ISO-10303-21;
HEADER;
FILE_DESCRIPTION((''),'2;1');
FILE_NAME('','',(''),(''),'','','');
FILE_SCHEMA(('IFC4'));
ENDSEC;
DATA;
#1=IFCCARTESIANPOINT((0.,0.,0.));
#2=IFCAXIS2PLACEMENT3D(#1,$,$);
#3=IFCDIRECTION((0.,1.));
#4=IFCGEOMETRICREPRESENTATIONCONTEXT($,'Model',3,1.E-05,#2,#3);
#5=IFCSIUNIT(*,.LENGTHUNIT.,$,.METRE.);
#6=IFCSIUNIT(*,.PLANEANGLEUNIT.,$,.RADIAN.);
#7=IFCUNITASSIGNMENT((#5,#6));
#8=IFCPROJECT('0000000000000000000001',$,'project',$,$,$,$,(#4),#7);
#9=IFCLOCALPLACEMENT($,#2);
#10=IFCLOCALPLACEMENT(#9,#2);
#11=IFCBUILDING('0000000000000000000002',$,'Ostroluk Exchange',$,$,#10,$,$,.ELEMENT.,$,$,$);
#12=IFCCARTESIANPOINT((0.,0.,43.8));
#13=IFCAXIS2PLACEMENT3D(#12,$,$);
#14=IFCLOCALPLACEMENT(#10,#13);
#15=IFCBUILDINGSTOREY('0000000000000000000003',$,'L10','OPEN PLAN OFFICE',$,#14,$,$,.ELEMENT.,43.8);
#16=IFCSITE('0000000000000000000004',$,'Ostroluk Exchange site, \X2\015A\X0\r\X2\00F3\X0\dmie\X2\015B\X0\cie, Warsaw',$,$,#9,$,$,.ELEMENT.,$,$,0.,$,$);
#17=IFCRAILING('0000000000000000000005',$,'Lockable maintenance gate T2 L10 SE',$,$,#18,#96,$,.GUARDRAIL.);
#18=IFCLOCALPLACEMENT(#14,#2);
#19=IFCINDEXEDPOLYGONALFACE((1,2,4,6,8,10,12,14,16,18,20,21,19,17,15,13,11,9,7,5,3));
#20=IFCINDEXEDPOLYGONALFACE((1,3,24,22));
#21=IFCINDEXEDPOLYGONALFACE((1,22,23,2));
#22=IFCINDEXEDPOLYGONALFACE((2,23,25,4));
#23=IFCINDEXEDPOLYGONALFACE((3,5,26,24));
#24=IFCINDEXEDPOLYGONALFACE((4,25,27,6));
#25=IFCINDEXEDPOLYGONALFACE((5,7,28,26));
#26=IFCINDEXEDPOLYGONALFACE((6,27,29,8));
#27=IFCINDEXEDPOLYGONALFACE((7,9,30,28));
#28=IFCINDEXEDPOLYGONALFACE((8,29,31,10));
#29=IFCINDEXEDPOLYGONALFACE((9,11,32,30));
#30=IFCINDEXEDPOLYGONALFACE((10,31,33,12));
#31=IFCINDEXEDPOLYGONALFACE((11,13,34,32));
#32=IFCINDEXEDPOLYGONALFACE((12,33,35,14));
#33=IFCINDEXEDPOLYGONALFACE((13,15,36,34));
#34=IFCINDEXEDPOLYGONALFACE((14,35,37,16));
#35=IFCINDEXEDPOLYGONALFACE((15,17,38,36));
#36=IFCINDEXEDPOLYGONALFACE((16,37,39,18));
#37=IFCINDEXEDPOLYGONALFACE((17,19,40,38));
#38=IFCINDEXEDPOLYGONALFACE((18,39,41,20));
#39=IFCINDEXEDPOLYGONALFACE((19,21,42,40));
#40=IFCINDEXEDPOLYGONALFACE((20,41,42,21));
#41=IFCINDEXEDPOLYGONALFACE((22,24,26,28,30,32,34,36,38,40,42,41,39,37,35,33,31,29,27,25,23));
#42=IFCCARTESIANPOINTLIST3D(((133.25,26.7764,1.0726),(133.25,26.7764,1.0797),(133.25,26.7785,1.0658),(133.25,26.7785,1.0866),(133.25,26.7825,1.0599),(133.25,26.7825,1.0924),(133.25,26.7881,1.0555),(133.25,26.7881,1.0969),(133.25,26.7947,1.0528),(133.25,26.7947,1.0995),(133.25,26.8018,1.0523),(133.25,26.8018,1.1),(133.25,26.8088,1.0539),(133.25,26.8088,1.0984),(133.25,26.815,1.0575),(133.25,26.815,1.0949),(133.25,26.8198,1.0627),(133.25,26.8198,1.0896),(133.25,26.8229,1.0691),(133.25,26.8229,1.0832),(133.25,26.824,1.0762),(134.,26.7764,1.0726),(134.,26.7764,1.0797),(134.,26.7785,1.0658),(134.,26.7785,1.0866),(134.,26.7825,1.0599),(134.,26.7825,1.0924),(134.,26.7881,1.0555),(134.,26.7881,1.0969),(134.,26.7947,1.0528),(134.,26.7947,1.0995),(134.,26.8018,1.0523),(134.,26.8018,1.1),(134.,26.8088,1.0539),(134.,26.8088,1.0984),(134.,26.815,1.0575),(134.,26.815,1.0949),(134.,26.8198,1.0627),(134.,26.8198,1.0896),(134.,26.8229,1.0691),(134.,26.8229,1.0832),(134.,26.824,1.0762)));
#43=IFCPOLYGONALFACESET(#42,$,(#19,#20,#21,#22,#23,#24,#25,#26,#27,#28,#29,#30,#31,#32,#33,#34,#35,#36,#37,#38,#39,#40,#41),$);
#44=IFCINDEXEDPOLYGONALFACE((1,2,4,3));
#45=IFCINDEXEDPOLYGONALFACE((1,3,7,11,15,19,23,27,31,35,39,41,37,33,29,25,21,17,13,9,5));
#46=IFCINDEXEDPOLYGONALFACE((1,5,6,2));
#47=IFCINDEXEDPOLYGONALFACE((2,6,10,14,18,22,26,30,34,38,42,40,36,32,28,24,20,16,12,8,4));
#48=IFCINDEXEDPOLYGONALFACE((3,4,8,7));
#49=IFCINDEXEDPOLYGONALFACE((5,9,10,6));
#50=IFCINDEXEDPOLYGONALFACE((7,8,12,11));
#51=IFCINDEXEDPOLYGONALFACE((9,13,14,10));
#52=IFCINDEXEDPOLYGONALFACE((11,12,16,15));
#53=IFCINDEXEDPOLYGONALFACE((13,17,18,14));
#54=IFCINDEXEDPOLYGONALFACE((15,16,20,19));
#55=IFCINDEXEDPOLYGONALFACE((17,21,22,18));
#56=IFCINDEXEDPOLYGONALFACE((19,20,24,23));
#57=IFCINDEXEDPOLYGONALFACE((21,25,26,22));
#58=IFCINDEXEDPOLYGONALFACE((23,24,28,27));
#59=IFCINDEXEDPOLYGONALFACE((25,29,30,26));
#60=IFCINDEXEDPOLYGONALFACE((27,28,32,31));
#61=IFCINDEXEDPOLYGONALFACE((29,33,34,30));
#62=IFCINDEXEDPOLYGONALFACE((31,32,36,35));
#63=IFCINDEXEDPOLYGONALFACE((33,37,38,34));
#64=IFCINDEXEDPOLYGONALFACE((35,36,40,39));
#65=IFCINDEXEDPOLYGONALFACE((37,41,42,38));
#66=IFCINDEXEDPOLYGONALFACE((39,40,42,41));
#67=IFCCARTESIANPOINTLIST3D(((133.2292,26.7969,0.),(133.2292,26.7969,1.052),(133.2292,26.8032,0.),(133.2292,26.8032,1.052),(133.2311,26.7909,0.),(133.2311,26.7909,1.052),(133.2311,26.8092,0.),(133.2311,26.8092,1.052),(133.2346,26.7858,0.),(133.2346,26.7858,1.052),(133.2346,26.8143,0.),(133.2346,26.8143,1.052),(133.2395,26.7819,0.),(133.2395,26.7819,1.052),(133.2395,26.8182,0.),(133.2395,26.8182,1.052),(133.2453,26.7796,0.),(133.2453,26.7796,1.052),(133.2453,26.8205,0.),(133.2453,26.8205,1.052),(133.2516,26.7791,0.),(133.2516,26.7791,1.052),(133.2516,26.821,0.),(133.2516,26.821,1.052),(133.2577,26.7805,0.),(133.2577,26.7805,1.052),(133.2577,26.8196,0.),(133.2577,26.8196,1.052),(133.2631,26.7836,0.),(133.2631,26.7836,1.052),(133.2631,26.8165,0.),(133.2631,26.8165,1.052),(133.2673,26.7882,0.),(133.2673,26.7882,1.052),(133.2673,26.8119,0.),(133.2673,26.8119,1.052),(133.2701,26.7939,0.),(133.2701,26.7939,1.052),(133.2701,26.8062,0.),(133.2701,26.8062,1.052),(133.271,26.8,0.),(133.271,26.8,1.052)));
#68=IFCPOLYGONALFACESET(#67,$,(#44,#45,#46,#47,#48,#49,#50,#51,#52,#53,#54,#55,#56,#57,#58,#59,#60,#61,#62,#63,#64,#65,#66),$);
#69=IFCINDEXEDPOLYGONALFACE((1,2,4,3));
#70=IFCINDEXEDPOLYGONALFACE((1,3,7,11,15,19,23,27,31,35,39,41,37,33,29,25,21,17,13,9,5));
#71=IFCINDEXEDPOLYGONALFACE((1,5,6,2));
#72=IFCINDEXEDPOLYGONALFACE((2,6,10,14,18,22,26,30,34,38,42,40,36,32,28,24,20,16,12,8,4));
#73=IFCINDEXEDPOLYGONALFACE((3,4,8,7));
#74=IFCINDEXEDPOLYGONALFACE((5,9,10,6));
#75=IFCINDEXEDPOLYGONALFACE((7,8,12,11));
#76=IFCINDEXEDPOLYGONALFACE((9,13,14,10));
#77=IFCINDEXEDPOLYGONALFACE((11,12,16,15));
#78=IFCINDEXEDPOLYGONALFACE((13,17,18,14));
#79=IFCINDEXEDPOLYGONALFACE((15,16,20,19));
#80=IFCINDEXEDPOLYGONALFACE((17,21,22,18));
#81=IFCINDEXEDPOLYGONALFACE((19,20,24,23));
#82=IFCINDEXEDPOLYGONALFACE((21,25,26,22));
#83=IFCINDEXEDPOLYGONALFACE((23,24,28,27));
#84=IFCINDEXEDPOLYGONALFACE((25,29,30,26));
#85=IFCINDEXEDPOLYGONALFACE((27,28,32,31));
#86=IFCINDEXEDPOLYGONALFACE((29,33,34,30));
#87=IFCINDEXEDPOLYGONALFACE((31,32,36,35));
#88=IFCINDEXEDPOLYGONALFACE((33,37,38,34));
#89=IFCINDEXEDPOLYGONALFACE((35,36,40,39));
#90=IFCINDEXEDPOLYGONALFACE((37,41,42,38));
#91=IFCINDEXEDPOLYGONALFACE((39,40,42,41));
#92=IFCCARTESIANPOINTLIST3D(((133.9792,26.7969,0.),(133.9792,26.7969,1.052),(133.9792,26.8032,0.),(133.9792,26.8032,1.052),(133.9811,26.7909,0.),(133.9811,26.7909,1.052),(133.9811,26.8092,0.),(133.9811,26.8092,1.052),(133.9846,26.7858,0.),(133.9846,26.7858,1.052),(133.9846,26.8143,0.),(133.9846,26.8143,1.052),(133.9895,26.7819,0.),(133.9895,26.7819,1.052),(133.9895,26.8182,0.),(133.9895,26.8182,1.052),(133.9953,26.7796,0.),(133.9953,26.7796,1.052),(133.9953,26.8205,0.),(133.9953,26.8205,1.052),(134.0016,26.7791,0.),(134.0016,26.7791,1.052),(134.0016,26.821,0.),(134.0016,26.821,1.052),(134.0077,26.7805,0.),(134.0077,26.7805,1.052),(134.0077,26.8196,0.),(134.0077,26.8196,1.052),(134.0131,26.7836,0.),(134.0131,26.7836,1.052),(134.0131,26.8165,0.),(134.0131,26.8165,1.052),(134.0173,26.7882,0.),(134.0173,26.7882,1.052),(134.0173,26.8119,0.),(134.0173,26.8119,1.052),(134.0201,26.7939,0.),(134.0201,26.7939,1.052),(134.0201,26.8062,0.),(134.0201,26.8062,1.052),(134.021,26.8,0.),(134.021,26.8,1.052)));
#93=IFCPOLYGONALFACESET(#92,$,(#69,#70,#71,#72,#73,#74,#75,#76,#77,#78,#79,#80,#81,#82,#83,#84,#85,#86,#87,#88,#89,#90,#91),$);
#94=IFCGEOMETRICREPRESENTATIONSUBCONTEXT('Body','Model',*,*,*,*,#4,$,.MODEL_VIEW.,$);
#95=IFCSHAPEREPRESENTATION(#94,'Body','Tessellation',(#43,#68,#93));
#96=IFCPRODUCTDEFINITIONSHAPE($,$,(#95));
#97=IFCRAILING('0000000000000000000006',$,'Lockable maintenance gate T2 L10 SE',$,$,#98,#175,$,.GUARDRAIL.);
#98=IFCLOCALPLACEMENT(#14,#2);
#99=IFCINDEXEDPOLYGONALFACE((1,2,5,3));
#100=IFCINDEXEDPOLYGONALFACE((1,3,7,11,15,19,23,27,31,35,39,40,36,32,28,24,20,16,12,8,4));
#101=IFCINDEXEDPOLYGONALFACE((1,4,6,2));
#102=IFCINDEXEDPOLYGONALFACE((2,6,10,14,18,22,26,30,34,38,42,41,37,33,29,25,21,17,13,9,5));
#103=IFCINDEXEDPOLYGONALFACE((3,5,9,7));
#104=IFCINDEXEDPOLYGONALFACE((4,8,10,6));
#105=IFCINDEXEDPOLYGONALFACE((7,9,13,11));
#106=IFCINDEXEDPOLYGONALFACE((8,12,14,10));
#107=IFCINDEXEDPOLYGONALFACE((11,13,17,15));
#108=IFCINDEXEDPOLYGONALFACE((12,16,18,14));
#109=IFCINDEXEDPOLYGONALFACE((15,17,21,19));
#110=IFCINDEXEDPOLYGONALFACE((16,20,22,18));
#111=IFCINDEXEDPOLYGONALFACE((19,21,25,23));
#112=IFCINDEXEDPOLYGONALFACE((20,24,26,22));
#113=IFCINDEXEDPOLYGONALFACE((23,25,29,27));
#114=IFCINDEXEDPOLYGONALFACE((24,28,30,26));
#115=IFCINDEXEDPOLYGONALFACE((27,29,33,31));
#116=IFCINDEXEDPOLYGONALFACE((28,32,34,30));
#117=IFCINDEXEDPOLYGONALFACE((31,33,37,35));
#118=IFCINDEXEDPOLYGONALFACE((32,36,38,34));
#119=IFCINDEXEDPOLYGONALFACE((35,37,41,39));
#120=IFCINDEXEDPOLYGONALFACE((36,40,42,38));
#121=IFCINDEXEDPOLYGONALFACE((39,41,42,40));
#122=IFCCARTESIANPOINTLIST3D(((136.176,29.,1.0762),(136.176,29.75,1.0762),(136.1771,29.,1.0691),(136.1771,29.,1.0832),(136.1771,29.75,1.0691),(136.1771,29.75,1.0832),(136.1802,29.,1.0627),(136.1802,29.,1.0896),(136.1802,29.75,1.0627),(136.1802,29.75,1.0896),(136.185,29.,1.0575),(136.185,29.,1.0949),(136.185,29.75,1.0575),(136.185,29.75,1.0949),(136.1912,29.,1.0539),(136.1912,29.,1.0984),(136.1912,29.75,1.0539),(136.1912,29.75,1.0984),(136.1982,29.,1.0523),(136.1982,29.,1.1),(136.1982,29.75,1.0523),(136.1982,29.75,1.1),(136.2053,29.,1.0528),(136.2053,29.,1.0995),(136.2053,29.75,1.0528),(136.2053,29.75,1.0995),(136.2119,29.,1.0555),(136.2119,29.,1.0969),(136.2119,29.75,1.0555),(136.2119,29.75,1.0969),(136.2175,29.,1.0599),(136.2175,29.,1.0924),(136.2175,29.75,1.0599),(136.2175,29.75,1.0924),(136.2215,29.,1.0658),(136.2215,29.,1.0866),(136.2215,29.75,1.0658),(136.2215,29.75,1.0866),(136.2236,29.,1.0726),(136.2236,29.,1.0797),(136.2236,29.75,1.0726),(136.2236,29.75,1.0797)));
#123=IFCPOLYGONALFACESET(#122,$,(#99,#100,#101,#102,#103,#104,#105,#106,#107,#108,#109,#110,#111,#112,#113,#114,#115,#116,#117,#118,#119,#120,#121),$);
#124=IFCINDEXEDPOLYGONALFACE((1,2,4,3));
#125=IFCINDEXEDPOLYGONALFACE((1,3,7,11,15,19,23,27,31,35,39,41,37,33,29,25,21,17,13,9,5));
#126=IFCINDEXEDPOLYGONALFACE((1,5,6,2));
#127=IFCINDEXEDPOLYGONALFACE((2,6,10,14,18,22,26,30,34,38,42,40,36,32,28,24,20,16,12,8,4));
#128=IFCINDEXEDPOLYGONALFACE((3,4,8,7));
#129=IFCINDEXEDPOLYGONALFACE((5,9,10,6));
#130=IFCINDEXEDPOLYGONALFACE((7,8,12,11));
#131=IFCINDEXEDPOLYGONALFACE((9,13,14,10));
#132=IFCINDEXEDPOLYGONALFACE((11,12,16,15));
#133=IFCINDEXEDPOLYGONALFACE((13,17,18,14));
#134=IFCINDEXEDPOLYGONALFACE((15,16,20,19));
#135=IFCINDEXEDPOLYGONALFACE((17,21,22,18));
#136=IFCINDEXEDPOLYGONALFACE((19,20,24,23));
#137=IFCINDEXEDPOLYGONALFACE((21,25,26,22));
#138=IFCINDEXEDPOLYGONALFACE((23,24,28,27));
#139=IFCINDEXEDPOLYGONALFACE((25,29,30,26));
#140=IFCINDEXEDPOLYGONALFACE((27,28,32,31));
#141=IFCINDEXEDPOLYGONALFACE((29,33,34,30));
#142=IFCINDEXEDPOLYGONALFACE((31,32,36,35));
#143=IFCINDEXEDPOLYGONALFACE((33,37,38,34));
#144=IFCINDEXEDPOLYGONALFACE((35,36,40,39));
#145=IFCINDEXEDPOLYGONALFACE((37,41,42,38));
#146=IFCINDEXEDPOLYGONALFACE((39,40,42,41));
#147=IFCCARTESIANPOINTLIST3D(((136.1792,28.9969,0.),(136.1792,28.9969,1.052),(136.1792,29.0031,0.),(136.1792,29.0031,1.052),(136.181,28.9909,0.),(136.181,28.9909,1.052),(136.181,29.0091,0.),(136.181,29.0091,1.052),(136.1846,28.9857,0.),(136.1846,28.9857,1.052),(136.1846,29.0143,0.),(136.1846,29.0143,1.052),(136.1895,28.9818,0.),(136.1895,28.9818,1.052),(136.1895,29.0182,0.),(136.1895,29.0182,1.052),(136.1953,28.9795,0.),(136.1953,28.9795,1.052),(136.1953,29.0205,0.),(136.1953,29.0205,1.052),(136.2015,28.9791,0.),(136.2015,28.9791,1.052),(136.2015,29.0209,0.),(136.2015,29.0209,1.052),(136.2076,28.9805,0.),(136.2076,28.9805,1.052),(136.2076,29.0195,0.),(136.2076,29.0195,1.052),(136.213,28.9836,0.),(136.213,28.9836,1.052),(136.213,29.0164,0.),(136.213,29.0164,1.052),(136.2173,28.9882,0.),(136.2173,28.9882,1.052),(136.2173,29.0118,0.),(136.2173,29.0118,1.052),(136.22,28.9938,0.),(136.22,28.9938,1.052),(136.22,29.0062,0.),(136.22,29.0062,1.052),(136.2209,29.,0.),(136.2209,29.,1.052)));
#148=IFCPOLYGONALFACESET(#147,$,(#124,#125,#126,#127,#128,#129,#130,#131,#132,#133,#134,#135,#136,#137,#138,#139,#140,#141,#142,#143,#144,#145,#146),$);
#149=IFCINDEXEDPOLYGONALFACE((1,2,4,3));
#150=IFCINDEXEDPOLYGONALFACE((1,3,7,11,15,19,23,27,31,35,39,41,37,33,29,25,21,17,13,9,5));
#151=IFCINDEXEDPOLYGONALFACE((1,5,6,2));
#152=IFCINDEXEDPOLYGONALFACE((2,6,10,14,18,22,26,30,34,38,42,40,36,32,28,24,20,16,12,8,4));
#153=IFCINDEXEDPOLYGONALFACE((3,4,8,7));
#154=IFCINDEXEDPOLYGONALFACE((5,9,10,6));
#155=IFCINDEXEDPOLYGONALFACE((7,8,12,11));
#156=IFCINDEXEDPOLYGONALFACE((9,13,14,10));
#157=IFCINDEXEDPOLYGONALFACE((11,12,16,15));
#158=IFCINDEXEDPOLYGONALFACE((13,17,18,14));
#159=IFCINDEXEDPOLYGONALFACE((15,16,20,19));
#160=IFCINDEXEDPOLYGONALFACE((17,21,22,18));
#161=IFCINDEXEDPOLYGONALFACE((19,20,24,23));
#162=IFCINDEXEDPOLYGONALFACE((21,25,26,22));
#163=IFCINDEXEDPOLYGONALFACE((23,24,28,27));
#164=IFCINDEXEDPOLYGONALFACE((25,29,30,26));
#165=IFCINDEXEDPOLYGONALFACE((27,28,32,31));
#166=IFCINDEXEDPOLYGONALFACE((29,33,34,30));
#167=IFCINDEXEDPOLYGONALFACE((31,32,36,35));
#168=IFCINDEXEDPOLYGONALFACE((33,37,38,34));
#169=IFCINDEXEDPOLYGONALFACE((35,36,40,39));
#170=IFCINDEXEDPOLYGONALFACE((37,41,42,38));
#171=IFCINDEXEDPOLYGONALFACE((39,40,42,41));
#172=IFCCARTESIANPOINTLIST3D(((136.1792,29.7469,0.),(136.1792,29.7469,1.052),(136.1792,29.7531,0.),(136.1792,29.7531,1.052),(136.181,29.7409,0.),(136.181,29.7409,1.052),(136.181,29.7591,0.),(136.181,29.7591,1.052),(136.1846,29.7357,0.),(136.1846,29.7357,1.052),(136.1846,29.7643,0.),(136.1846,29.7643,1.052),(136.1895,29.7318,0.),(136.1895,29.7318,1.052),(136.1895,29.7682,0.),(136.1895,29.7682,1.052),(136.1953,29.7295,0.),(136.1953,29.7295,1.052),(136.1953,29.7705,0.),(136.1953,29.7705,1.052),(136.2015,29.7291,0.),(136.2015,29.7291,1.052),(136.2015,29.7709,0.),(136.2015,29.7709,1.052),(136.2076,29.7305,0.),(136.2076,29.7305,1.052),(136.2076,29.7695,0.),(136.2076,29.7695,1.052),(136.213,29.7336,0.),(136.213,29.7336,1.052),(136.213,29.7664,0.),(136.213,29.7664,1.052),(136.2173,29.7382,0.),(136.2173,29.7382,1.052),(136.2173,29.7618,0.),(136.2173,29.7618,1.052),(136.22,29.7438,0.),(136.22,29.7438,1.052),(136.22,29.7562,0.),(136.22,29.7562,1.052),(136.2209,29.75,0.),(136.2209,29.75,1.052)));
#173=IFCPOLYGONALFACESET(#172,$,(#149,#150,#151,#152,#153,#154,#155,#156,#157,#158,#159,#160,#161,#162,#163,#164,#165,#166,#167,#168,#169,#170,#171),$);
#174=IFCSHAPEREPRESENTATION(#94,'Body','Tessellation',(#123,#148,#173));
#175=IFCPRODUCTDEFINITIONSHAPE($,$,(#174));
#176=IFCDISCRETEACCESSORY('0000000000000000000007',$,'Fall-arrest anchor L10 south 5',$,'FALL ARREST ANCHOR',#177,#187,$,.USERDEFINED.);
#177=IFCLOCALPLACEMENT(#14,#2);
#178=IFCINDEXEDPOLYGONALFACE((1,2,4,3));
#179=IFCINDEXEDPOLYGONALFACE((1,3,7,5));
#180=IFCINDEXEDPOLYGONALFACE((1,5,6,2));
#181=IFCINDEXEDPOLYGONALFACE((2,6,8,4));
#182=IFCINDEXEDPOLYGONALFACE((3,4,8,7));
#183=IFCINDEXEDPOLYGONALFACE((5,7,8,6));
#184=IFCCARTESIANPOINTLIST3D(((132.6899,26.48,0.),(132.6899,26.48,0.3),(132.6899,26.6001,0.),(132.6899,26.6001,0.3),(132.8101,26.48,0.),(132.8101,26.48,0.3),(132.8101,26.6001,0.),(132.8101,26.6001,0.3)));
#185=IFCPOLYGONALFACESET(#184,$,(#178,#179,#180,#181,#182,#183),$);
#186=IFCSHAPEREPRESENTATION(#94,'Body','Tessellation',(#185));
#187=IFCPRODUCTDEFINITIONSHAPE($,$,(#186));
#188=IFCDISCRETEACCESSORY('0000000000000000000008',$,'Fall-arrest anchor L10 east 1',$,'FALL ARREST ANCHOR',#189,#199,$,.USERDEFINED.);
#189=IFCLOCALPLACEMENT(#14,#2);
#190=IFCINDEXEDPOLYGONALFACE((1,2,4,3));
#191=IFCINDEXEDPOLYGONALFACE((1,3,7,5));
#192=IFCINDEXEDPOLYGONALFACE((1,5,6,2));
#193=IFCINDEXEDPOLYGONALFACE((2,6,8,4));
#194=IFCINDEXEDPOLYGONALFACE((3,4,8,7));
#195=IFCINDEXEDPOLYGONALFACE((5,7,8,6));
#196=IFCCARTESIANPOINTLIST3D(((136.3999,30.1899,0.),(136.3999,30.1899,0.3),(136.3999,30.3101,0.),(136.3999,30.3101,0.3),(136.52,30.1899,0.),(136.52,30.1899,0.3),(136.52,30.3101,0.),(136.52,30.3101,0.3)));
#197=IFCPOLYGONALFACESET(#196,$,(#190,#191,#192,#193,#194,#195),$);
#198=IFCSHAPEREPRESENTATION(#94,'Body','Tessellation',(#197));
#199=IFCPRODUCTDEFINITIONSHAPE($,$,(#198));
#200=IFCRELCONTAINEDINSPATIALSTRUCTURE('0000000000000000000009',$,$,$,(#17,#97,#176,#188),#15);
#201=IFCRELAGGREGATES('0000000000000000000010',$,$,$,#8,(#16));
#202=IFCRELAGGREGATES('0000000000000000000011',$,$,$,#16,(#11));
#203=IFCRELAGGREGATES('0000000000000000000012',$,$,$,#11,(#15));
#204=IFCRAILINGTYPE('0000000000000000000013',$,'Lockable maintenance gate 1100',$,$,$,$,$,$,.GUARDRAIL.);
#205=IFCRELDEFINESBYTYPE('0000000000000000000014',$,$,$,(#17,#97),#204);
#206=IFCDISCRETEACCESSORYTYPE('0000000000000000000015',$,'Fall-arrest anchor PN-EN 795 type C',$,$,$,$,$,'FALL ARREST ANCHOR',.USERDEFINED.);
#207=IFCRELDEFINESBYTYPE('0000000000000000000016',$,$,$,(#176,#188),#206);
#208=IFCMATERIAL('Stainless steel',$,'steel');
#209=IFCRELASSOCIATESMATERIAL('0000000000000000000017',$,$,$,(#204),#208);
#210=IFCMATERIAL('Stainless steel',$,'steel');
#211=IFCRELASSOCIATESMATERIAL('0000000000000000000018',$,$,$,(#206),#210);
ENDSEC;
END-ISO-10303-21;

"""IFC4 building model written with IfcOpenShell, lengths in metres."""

from ifc_helpers import new_model, si_unit, direction, frame, origin, origin_2d, place, context, subcontext, project, spatial, rectangle, circle, extrude, material, type_object, element, save


model = new_model("IFC4")

# Units and contexts
model_context = context("Model", 3, precision=1e-05, world=origin(), true_north=direction((0.0, 1.0)))
body_context = subcontext(model_context, "Body", "Model", "MODEL_VIEW")
ifc_project = project(units=[si_unit("LENGTHUNIT", "METRE"), si_unit("PLANEANGLEUNIT", "RADIAN")], contexts=[model_context])

# Site, building, storey
site_placement = place(None, origin())
site = spatial("IfcSite", under=ifc_project, at=site_placement, Name="Ostroluk Exchange site, Śródmieście, Warsaw", CompositionType="ELEMENT", RefElevation=0.0)
building_placement = place(site_placement, origin())
building = spatial("IfcBuilding", under=site, at=building_placement, Name="Ostroluk Exchange", CompositionType="ELEMENT")
storey_placement = place(building_placement, frame((0.0, 0.0, 43.8)))
storey = spatial("IfcBuildingStorey", under=building, at=storey_placement, Name="L10", Description="OPEN PLAN OFFICE", CompositionType="ELEMENT", Elevation=43.8)

# Railings
ifc_material_1 = material(Name="Stainless steel", Category="steel")
railing_type_1 = type_object("IfcRailingType", Name="Lockable maintenance gate 1100", PredefinedType="GUARDRAIL", material=ifc_material_1)
railing_1_placement = place(storey_placement, frame((133.25, 26.8, 0.0)))
element("IfcRailing", 1, at=railing_1_placement, inside=storey, type_object=railing_type_1, Name="Lockable maintenance gate T2 L10 SE", PredefinedType="GUARDRAIL", context=body_context, shape_type="SweptSolid", body=[
    extrude(circle(Radius=0.0239, at=origin_2d()), frame((0.0, 0.0, 1.0762), z_axis=(1.0, 0.0, 0.0), x_axis=(0.0, 1.0, 0.0)), (0.0, 0.0, 1.0), 0.75),
    extrude(circle(Radius=0.021, at=origin_2d()), origin(), (0.0, 0.0, 1.0), 1.052),
    extrude(circle(Radius=0.021, at=origin_2d()), frame((0.75, 0.0, 0.0)), (0.0, 0.0, 1.0), 1.052),
])
railing_2_placement = place(storey_placement, frame((136.2, 29.0, 0.0)))
element("IfcRailing", 2, at=railing_2_placement, inside=storey, type_object=railing_type_1, Name="Lockable maintenance gate T2 L10 SE", PredefinedType="GUARDRAIL", context=body_context, shape_type="SweptSolid", body=[
    extrude(circle(Radius=0.0239, at=origin_2d()), frame((0.0, 0.0, 1.0762), z_axis=(0.0, 1.0, 0.0), x_axis=(-1.0, 0.0, 0.0)), (0.0, 0.0, 1.0), 0.75),
    extrude(circle(Radius=0.021, at=origin_2d()), origin(), (0.0, 0.0, 1.0), 1.052),
    extrude(circle(Radius=0.021, at=origin_2d()), frame((0.0, 0.75, 0.0)), (0.0, 0.0, 1.0), 1.052),
])

# Discrete accessories
ifc_material_2 = material(Name="Stainless steel", Category="steel")
discrete_accessory_type = type_object("IfcDiscreteAccessoryType", Name="Fall-arrest anchor PN-EN 795 type C", ElementType="FALL ARREST ANCHOR", PredefinedType="USERDEFINED", material=ifc_material_2)
for number, where, z_axis, x_axis, name in (
    (3, (132.75, 26.54, 0.0), (0.0, 0.0, 1.0), (1.0, 0.0, 0.0), "Fall-arrest anchor L10 south 5"),
    (4, (136.46, 30.25, 0.0), (0.0, 0.0, 1.0), (1.0, 0.0, 0.0), "Fall-arrest anchor L10 east 1"),
):
    element("IfcDiscreteAccessory", number, at=place(storey_placement, frame(where, z_axis=z_axis, x_axis=x_axis)), inside=storey, type_object=discrete_accessory_type, Name=name, ObjectType="FALL ARREST ANCHOR", PredefinedType="USERDEFINED", context=body_context, shape_type="SweptSolid", body=[
        extrude(rectangle(XDim=0.1201, YDim=0.1201, at=origin_2d()), origin(), (0.0, 0.0, 1.0), 0.3),
    ])

save(model, "model.ifc")
